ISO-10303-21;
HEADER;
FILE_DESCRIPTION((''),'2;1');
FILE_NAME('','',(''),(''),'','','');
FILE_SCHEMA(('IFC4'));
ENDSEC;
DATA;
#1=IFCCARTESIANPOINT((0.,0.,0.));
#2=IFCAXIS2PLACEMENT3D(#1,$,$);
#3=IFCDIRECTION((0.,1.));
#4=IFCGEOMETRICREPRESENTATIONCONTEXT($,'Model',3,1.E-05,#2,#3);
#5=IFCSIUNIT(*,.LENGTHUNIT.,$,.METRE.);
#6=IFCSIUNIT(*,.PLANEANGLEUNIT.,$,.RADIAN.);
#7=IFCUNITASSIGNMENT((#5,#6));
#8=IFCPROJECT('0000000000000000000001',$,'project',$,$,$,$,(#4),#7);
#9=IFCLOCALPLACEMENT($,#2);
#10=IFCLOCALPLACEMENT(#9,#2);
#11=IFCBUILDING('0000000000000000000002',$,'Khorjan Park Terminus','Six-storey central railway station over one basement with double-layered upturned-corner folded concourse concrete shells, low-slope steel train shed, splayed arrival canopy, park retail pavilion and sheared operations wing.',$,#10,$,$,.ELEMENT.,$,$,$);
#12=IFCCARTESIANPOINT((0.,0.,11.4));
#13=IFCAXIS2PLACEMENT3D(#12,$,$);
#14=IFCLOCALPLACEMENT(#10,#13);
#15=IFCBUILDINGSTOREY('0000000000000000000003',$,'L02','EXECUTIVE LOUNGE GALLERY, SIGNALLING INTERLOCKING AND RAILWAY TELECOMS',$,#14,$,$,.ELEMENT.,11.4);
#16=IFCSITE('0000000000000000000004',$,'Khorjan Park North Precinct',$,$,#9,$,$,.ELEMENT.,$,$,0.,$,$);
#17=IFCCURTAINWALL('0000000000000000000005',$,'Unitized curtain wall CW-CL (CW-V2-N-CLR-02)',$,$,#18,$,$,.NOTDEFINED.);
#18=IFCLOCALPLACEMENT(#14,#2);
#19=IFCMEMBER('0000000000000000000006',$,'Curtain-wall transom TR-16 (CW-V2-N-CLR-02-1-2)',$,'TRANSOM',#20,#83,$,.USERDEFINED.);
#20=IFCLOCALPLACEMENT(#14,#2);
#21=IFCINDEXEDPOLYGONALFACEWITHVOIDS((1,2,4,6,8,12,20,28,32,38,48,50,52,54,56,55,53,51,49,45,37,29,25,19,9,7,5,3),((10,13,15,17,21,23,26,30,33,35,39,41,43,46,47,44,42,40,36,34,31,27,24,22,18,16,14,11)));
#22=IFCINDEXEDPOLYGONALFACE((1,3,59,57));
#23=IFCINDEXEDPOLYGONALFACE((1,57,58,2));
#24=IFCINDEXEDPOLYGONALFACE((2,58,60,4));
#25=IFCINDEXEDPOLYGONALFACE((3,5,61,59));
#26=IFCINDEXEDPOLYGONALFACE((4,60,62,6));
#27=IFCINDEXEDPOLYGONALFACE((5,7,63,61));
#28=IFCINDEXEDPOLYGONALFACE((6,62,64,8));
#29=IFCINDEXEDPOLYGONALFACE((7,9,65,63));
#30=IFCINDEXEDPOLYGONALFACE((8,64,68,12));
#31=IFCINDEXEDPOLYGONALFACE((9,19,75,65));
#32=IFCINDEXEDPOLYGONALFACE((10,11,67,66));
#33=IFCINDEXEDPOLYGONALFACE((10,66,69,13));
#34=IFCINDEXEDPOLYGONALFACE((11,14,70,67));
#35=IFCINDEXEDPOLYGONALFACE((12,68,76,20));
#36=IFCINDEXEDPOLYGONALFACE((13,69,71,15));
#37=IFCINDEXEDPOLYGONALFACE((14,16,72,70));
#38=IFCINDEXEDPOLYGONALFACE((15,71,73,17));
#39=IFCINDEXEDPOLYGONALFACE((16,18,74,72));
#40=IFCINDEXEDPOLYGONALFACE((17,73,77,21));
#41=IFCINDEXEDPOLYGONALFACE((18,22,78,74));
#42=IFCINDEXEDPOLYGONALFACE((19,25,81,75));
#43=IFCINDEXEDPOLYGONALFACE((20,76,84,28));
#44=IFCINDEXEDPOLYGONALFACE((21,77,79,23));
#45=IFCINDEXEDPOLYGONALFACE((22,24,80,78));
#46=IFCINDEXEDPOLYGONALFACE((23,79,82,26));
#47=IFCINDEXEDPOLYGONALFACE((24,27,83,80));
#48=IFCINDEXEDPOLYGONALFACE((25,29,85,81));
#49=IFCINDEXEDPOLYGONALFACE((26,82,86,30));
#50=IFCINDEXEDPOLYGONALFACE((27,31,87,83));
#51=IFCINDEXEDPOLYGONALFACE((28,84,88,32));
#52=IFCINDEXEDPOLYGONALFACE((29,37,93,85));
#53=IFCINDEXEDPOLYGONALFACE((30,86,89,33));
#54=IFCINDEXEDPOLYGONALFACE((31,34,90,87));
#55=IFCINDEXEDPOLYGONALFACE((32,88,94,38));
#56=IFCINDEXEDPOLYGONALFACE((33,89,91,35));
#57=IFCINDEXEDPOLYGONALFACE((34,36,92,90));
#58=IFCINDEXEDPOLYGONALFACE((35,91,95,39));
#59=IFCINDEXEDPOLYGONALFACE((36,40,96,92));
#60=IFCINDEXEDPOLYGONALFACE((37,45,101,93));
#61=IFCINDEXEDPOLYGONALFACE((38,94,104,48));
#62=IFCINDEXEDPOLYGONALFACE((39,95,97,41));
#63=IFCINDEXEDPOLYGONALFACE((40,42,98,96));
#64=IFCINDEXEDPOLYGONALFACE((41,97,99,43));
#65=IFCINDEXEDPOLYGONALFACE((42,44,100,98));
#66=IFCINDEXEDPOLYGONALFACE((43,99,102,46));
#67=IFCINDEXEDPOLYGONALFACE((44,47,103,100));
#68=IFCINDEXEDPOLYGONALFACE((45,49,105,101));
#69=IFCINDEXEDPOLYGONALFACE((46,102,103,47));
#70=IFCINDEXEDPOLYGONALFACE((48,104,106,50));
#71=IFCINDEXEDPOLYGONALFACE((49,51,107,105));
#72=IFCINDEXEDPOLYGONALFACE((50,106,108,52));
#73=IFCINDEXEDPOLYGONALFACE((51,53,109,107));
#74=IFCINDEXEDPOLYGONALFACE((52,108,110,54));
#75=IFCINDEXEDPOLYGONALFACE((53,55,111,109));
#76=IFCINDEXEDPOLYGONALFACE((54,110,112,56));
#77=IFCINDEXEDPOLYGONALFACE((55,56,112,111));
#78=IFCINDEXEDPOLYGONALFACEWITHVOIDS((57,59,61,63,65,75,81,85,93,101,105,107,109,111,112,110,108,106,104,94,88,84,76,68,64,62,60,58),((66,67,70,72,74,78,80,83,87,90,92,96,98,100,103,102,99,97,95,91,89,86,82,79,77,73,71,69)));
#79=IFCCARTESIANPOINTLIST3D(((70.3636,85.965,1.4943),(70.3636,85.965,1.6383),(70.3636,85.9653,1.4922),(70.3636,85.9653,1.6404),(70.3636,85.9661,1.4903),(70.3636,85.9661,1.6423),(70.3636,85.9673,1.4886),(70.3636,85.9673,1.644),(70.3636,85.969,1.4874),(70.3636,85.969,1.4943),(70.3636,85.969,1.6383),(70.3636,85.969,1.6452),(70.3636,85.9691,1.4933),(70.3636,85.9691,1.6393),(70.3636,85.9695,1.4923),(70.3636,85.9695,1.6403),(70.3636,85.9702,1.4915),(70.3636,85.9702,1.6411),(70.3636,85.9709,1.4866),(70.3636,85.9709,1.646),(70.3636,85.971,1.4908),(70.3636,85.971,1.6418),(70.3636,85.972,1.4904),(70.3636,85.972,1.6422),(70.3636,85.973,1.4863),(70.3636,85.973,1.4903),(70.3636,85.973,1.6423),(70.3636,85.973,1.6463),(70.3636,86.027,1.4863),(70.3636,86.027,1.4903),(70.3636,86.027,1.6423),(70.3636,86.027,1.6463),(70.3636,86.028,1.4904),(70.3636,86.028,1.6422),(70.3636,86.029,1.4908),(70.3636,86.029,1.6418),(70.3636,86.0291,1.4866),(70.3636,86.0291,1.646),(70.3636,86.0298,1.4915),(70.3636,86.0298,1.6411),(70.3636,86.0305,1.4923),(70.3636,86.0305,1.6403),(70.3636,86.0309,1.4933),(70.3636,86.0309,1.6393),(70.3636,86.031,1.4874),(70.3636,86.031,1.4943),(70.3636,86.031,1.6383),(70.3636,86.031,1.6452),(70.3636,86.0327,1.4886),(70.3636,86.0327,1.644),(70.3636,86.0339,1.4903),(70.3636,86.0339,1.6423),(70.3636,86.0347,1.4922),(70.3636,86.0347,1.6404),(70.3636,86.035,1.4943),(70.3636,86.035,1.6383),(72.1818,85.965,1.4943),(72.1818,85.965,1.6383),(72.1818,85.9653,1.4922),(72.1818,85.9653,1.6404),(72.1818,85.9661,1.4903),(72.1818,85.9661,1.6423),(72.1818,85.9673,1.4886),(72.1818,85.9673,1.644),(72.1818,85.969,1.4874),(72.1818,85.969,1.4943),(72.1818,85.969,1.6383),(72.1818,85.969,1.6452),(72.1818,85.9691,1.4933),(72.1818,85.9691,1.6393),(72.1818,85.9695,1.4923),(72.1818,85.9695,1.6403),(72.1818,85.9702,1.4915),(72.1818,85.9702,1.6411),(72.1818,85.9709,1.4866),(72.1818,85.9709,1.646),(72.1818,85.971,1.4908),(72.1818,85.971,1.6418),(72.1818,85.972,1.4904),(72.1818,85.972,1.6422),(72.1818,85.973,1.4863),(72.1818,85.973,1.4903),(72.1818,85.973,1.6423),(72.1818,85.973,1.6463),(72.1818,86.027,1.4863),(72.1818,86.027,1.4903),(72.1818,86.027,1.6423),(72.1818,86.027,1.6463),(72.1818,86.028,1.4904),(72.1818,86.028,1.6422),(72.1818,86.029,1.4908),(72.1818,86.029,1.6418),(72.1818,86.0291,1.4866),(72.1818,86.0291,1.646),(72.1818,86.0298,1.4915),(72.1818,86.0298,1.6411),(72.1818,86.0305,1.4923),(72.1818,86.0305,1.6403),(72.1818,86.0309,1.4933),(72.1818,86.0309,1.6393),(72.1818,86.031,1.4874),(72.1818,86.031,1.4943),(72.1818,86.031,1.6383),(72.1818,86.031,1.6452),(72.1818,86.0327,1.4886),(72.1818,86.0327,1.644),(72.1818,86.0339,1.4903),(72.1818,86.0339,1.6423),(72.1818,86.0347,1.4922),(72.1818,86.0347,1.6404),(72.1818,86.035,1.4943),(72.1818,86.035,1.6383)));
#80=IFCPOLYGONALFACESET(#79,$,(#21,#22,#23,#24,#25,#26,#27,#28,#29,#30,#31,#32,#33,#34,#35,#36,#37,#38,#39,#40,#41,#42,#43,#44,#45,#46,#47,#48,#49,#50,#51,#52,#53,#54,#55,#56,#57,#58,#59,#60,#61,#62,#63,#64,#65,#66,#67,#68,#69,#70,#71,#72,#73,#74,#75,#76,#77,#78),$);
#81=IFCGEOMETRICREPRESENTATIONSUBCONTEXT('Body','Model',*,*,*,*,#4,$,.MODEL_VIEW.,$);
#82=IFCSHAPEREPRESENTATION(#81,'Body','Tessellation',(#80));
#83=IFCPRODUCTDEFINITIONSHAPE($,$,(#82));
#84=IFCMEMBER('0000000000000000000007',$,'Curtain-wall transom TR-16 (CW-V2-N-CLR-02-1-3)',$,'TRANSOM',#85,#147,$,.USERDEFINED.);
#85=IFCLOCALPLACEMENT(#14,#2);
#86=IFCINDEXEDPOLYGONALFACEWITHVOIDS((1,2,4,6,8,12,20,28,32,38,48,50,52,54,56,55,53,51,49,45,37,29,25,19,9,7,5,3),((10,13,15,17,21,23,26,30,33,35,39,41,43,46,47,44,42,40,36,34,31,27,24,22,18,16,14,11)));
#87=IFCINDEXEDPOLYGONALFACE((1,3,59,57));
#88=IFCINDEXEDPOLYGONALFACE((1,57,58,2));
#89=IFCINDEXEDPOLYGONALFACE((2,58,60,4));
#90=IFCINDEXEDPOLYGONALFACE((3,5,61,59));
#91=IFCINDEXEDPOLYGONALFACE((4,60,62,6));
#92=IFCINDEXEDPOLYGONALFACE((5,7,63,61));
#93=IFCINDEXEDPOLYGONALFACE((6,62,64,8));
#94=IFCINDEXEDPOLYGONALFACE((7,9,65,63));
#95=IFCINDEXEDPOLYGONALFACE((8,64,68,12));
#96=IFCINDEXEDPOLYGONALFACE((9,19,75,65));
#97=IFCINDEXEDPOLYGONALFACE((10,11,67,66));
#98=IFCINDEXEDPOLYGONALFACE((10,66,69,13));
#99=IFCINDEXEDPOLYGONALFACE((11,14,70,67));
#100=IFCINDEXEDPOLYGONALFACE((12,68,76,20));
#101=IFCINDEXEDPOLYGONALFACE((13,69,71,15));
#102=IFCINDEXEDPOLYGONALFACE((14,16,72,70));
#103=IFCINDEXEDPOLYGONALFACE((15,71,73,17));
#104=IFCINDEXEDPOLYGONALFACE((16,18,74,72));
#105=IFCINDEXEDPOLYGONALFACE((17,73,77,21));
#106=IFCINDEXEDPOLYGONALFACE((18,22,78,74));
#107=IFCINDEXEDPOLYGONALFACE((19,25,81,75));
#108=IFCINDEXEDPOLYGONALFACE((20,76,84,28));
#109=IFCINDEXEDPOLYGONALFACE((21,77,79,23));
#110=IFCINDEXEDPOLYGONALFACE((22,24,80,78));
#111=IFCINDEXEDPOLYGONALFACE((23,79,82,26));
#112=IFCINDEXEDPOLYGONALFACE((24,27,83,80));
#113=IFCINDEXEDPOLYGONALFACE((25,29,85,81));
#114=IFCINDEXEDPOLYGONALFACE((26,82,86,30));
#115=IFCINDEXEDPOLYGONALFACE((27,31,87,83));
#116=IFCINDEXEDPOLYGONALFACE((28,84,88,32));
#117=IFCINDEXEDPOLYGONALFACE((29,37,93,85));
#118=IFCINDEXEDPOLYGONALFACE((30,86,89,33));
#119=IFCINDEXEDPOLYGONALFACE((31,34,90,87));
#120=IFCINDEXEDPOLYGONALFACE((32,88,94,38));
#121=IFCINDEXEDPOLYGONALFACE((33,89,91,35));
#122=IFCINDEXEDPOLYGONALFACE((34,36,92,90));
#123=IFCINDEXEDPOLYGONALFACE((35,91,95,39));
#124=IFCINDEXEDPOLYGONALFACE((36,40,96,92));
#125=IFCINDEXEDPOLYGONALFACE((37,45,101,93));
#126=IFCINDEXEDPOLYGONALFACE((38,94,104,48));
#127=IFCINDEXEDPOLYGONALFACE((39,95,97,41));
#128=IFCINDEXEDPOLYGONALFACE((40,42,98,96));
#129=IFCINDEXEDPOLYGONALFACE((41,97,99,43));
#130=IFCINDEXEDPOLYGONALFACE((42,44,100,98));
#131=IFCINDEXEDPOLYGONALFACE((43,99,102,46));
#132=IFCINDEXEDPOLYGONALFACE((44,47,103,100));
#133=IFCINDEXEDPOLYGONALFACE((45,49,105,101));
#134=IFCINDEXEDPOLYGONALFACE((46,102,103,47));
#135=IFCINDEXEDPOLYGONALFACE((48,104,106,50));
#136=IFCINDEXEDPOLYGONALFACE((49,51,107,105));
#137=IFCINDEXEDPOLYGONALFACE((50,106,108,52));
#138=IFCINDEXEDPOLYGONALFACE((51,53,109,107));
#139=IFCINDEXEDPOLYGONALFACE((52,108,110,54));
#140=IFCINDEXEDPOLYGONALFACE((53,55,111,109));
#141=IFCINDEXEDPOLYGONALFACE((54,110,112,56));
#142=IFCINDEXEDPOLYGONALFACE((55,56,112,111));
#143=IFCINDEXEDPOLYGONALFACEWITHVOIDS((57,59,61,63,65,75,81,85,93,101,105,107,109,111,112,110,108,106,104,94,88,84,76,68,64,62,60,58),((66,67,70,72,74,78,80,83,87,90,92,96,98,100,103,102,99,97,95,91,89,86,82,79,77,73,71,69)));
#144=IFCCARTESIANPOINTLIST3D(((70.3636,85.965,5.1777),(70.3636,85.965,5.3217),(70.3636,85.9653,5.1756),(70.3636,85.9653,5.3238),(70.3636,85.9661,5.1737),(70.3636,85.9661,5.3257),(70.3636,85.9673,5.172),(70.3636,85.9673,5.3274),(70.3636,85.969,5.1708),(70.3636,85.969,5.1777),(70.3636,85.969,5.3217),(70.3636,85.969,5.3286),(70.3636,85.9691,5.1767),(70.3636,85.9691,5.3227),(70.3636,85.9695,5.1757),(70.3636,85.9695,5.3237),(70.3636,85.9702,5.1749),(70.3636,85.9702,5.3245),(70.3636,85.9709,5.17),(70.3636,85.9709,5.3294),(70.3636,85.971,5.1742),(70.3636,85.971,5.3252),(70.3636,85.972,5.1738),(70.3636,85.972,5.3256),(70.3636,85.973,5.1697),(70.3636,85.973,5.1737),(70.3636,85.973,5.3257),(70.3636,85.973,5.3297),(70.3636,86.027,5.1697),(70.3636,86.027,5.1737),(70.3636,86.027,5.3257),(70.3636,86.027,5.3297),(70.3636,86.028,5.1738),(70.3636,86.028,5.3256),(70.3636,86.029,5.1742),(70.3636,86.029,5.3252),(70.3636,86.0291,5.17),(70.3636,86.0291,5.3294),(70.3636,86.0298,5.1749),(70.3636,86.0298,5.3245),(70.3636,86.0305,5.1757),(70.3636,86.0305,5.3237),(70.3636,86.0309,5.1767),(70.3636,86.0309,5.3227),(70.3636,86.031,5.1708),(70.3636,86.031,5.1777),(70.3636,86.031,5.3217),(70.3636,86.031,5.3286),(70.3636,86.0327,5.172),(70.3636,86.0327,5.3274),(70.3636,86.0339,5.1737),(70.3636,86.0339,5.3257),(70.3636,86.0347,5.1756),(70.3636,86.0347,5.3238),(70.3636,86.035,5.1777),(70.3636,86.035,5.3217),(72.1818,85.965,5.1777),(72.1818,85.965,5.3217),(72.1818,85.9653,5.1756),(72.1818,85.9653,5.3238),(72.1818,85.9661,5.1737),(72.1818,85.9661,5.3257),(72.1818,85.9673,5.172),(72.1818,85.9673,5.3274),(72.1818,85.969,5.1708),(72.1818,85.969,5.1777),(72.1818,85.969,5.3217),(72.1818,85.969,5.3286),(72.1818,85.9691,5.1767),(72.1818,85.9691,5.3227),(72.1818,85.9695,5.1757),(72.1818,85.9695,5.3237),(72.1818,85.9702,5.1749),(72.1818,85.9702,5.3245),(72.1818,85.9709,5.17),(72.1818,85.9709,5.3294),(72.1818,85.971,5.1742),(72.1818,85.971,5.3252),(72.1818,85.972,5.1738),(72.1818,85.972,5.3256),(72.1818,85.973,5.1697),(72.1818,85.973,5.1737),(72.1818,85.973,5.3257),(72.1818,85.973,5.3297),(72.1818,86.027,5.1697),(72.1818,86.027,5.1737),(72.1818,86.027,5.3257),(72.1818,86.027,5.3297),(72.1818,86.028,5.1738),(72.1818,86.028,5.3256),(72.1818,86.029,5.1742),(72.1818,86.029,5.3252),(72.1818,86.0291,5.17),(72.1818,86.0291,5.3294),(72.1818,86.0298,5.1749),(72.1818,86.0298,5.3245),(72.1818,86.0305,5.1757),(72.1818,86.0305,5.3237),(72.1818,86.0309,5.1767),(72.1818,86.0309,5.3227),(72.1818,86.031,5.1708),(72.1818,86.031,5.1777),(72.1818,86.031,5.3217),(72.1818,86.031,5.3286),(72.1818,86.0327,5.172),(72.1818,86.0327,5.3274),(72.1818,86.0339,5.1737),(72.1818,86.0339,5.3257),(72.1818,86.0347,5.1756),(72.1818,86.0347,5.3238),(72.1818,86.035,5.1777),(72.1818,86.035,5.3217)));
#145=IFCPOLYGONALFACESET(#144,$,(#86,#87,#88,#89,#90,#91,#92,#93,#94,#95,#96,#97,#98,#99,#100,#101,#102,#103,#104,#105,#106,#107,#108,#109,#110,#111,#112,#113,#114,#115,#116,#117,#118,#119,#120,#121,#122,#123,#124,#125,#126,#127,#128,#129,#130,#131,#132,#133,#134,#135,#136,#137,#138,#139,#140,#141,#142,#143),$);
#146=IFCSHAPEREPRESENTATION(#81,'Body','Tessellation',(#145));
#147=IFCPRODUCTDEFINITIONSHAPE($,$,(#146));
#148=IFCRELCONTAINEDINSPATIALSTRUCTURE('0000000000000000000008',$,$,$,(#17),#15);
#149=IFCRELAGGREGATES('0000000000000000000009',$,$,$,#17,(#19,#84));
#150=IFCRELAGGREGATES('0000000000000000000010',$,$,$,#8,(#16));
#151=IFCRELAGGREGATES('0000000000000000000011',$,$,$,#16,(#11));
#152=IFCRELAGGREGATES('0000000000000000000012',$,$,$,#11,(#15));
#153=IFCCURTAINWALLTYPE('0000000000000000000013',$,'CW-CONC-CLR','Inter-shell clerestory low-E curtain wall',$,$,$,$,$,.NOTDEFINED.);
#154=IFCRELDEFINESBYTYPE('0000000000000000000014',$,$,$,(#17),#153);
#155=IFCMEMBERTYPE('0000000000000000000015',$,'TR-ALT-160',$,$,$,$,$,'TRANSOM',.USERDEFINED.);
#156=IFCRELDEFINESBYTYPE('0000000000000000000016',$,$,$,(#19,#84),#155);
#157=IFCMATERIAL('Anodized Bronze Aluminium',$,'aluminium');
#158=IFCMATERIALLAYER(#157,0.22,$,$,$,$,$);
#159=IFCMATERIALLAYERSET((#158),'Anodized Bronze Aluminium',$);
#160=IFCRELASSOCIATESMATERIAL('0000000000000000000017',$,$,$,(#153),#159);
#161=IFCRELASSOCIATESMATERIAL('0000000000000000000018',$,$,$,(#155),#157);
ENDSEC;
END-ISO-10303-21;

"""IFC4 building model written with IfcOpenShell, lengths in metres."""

from ifc_helpers import new_model, si_unit, direction, frame, origin, origin_2d, place, context, subcontext, project, spatial, hollow_rectangle, extrude, material, layer, layer_set, material_profile, profile_set, type_object, element, aggregate, save


model = new_model("IFC4")

# Units and contexts
model_context = context("Model", 3, precision=1e-05, world=origin(), true_north=direction((0.0, 1.0)))
body_context = subcontext(model_context, "Body", "Model", "MODEL_VIEW")
ifc_project = project(units=[si_unit("LENGTHUNIT", "METRE"), si_unit("PLANEANGLEUNIT", "RADIAN")], contexts=[model_context])

# Site, building, storey
site_placement = place(None, origin())
site = spatial("IfcSite", under=ifc_project, at=site_placement, Name="Khorjan Park North Precinct", CompositionType="ELEMENT", RefElevation=0.0)
building_placement = place(site_placement, origin())
building = spatial("IfcBuilding", under=site, at=building_placement, Name="Khorjan Park Terminus", Description="Six-storey central railway station over one basement with double-layered upturned-corner folded concourse concrete shells, low-slope steel train shed, splayed arrival canopy, park retail pavilion and sheared operations wing.", CompositionType="ELEMENT")
storey_placement = place(building_placement, frame((0.0, 0.0, 11.4)))
storey = spatial("IfcBuildingStorey", under=building, at=storey_placement, Name="L02", Description="EXECUTIVE LOUNGE GALLERY, SIGNALLING INTERLOCKING AND RAILWAY TELECOMS", CompositionType="ELEMENT", Elevation=11.4)

# Curtain wall
ifc_material_1 = material(Name="Anodized Bronze Aluminium", Category="aluminium")
ifc_layer_1 = layer(ifc_material_1, 0.22)
ifc_layer_set_1 = layer_set([ifc_layer_1], Name="Anodized Bronze Aluminium")
curtain_wall_type = type_object("IfcCurtainWallType", Name="CW-CONC-CLR", Description="Inter-shell clerestory low-E curtain wall", PredefinedType="NOTDEFINED", material=ifc_layer_set_1)
curtain_wall_1_placement = place(storey_placement, origin())
curtain_wall_1 = element("IfcCurtainWall", 1, at=curtain_wall_1_placement, inside=storey, type_object=curtain_wall_type, Name="Unitized curtain wall CW-CL (CW-V2-N-CLR-02)", PredefinedType="NOTDEFINED")

# Members
ifc_material_profile_1 = material_profile(ifc_material_1, hollow_rectangle(XDim=0.07, YDim=0.16, WallThickness=0.004, InnerFilletRadius=0.004, OuterFilletRadius=0.008, at=origin_2d()), Name="ALT 70x160x4")
ifc_profile_set_1 = profile_set([ifc_material_profile_1], Name="Anodized Bronze Aluminium")
member_type_1 = type_object("IfcMemberType", Name="TR-ALT-160", ElementType="TRANSOM", PredefinedType="USERDEFINED", material=ifc_profile_set_1)
member_1_placement = place(storey_placement, frame((72.1818, 86.0, 1.5663), z_axis=(-1.0, 0.0, 0.0), x_axis=(0.0, -1.0, 0.0)))
member_1 = element("IfcMember", 2, at=member_1_placement, type_object=member_type_1, Name="Curtain-wall transom TR-16 (CW-V2-N-CLR-02-1-2)", ObjectType="TRANSOM", PredefinedType="USERDEFINED", context=body_context, shape_type="SweptSolid", body=[
    extrude(hollow_rectangle(XDim=0.07, YDim=0.16, WallThickness=0.004, InnerFilletRadius=0.004, OuterFilletRadius=0.008, at=origin_2d()), origin(), (0.0, 0.0, 1.0), 1.8182),
])
member_2_placement = place(storey_placement, frame((72.1818, 86.0, 5.2497), z_axis=(-1.0, 0.0, 0.0), x_axis=(0.0, -1.0, 0.0)))
member_2 = element("IfcMember", 3, at=member_2_placement, type_object=member_type_1, Name="Curtain-wall transom TR-16 (CW-V2-N-CLR-02-1-3)", ObjectType="TRANSOM", PredefinedType="USERDEFINED", context=body_context, shape_type="SweptSolid", body=[
    extrude(hollow_rectangle(XDim=0.07, YDim=0.16, WallThickness=0.004, InnerFilletRadius=0.004, OuterFilletRadius=0.008, at=origin_2d()), origin(), (0.0, 0.0, 1.0), 1.8182),
])

aggregate(curtain_wall_1, [member_1, member_2])

save(model, "model.ifc")
